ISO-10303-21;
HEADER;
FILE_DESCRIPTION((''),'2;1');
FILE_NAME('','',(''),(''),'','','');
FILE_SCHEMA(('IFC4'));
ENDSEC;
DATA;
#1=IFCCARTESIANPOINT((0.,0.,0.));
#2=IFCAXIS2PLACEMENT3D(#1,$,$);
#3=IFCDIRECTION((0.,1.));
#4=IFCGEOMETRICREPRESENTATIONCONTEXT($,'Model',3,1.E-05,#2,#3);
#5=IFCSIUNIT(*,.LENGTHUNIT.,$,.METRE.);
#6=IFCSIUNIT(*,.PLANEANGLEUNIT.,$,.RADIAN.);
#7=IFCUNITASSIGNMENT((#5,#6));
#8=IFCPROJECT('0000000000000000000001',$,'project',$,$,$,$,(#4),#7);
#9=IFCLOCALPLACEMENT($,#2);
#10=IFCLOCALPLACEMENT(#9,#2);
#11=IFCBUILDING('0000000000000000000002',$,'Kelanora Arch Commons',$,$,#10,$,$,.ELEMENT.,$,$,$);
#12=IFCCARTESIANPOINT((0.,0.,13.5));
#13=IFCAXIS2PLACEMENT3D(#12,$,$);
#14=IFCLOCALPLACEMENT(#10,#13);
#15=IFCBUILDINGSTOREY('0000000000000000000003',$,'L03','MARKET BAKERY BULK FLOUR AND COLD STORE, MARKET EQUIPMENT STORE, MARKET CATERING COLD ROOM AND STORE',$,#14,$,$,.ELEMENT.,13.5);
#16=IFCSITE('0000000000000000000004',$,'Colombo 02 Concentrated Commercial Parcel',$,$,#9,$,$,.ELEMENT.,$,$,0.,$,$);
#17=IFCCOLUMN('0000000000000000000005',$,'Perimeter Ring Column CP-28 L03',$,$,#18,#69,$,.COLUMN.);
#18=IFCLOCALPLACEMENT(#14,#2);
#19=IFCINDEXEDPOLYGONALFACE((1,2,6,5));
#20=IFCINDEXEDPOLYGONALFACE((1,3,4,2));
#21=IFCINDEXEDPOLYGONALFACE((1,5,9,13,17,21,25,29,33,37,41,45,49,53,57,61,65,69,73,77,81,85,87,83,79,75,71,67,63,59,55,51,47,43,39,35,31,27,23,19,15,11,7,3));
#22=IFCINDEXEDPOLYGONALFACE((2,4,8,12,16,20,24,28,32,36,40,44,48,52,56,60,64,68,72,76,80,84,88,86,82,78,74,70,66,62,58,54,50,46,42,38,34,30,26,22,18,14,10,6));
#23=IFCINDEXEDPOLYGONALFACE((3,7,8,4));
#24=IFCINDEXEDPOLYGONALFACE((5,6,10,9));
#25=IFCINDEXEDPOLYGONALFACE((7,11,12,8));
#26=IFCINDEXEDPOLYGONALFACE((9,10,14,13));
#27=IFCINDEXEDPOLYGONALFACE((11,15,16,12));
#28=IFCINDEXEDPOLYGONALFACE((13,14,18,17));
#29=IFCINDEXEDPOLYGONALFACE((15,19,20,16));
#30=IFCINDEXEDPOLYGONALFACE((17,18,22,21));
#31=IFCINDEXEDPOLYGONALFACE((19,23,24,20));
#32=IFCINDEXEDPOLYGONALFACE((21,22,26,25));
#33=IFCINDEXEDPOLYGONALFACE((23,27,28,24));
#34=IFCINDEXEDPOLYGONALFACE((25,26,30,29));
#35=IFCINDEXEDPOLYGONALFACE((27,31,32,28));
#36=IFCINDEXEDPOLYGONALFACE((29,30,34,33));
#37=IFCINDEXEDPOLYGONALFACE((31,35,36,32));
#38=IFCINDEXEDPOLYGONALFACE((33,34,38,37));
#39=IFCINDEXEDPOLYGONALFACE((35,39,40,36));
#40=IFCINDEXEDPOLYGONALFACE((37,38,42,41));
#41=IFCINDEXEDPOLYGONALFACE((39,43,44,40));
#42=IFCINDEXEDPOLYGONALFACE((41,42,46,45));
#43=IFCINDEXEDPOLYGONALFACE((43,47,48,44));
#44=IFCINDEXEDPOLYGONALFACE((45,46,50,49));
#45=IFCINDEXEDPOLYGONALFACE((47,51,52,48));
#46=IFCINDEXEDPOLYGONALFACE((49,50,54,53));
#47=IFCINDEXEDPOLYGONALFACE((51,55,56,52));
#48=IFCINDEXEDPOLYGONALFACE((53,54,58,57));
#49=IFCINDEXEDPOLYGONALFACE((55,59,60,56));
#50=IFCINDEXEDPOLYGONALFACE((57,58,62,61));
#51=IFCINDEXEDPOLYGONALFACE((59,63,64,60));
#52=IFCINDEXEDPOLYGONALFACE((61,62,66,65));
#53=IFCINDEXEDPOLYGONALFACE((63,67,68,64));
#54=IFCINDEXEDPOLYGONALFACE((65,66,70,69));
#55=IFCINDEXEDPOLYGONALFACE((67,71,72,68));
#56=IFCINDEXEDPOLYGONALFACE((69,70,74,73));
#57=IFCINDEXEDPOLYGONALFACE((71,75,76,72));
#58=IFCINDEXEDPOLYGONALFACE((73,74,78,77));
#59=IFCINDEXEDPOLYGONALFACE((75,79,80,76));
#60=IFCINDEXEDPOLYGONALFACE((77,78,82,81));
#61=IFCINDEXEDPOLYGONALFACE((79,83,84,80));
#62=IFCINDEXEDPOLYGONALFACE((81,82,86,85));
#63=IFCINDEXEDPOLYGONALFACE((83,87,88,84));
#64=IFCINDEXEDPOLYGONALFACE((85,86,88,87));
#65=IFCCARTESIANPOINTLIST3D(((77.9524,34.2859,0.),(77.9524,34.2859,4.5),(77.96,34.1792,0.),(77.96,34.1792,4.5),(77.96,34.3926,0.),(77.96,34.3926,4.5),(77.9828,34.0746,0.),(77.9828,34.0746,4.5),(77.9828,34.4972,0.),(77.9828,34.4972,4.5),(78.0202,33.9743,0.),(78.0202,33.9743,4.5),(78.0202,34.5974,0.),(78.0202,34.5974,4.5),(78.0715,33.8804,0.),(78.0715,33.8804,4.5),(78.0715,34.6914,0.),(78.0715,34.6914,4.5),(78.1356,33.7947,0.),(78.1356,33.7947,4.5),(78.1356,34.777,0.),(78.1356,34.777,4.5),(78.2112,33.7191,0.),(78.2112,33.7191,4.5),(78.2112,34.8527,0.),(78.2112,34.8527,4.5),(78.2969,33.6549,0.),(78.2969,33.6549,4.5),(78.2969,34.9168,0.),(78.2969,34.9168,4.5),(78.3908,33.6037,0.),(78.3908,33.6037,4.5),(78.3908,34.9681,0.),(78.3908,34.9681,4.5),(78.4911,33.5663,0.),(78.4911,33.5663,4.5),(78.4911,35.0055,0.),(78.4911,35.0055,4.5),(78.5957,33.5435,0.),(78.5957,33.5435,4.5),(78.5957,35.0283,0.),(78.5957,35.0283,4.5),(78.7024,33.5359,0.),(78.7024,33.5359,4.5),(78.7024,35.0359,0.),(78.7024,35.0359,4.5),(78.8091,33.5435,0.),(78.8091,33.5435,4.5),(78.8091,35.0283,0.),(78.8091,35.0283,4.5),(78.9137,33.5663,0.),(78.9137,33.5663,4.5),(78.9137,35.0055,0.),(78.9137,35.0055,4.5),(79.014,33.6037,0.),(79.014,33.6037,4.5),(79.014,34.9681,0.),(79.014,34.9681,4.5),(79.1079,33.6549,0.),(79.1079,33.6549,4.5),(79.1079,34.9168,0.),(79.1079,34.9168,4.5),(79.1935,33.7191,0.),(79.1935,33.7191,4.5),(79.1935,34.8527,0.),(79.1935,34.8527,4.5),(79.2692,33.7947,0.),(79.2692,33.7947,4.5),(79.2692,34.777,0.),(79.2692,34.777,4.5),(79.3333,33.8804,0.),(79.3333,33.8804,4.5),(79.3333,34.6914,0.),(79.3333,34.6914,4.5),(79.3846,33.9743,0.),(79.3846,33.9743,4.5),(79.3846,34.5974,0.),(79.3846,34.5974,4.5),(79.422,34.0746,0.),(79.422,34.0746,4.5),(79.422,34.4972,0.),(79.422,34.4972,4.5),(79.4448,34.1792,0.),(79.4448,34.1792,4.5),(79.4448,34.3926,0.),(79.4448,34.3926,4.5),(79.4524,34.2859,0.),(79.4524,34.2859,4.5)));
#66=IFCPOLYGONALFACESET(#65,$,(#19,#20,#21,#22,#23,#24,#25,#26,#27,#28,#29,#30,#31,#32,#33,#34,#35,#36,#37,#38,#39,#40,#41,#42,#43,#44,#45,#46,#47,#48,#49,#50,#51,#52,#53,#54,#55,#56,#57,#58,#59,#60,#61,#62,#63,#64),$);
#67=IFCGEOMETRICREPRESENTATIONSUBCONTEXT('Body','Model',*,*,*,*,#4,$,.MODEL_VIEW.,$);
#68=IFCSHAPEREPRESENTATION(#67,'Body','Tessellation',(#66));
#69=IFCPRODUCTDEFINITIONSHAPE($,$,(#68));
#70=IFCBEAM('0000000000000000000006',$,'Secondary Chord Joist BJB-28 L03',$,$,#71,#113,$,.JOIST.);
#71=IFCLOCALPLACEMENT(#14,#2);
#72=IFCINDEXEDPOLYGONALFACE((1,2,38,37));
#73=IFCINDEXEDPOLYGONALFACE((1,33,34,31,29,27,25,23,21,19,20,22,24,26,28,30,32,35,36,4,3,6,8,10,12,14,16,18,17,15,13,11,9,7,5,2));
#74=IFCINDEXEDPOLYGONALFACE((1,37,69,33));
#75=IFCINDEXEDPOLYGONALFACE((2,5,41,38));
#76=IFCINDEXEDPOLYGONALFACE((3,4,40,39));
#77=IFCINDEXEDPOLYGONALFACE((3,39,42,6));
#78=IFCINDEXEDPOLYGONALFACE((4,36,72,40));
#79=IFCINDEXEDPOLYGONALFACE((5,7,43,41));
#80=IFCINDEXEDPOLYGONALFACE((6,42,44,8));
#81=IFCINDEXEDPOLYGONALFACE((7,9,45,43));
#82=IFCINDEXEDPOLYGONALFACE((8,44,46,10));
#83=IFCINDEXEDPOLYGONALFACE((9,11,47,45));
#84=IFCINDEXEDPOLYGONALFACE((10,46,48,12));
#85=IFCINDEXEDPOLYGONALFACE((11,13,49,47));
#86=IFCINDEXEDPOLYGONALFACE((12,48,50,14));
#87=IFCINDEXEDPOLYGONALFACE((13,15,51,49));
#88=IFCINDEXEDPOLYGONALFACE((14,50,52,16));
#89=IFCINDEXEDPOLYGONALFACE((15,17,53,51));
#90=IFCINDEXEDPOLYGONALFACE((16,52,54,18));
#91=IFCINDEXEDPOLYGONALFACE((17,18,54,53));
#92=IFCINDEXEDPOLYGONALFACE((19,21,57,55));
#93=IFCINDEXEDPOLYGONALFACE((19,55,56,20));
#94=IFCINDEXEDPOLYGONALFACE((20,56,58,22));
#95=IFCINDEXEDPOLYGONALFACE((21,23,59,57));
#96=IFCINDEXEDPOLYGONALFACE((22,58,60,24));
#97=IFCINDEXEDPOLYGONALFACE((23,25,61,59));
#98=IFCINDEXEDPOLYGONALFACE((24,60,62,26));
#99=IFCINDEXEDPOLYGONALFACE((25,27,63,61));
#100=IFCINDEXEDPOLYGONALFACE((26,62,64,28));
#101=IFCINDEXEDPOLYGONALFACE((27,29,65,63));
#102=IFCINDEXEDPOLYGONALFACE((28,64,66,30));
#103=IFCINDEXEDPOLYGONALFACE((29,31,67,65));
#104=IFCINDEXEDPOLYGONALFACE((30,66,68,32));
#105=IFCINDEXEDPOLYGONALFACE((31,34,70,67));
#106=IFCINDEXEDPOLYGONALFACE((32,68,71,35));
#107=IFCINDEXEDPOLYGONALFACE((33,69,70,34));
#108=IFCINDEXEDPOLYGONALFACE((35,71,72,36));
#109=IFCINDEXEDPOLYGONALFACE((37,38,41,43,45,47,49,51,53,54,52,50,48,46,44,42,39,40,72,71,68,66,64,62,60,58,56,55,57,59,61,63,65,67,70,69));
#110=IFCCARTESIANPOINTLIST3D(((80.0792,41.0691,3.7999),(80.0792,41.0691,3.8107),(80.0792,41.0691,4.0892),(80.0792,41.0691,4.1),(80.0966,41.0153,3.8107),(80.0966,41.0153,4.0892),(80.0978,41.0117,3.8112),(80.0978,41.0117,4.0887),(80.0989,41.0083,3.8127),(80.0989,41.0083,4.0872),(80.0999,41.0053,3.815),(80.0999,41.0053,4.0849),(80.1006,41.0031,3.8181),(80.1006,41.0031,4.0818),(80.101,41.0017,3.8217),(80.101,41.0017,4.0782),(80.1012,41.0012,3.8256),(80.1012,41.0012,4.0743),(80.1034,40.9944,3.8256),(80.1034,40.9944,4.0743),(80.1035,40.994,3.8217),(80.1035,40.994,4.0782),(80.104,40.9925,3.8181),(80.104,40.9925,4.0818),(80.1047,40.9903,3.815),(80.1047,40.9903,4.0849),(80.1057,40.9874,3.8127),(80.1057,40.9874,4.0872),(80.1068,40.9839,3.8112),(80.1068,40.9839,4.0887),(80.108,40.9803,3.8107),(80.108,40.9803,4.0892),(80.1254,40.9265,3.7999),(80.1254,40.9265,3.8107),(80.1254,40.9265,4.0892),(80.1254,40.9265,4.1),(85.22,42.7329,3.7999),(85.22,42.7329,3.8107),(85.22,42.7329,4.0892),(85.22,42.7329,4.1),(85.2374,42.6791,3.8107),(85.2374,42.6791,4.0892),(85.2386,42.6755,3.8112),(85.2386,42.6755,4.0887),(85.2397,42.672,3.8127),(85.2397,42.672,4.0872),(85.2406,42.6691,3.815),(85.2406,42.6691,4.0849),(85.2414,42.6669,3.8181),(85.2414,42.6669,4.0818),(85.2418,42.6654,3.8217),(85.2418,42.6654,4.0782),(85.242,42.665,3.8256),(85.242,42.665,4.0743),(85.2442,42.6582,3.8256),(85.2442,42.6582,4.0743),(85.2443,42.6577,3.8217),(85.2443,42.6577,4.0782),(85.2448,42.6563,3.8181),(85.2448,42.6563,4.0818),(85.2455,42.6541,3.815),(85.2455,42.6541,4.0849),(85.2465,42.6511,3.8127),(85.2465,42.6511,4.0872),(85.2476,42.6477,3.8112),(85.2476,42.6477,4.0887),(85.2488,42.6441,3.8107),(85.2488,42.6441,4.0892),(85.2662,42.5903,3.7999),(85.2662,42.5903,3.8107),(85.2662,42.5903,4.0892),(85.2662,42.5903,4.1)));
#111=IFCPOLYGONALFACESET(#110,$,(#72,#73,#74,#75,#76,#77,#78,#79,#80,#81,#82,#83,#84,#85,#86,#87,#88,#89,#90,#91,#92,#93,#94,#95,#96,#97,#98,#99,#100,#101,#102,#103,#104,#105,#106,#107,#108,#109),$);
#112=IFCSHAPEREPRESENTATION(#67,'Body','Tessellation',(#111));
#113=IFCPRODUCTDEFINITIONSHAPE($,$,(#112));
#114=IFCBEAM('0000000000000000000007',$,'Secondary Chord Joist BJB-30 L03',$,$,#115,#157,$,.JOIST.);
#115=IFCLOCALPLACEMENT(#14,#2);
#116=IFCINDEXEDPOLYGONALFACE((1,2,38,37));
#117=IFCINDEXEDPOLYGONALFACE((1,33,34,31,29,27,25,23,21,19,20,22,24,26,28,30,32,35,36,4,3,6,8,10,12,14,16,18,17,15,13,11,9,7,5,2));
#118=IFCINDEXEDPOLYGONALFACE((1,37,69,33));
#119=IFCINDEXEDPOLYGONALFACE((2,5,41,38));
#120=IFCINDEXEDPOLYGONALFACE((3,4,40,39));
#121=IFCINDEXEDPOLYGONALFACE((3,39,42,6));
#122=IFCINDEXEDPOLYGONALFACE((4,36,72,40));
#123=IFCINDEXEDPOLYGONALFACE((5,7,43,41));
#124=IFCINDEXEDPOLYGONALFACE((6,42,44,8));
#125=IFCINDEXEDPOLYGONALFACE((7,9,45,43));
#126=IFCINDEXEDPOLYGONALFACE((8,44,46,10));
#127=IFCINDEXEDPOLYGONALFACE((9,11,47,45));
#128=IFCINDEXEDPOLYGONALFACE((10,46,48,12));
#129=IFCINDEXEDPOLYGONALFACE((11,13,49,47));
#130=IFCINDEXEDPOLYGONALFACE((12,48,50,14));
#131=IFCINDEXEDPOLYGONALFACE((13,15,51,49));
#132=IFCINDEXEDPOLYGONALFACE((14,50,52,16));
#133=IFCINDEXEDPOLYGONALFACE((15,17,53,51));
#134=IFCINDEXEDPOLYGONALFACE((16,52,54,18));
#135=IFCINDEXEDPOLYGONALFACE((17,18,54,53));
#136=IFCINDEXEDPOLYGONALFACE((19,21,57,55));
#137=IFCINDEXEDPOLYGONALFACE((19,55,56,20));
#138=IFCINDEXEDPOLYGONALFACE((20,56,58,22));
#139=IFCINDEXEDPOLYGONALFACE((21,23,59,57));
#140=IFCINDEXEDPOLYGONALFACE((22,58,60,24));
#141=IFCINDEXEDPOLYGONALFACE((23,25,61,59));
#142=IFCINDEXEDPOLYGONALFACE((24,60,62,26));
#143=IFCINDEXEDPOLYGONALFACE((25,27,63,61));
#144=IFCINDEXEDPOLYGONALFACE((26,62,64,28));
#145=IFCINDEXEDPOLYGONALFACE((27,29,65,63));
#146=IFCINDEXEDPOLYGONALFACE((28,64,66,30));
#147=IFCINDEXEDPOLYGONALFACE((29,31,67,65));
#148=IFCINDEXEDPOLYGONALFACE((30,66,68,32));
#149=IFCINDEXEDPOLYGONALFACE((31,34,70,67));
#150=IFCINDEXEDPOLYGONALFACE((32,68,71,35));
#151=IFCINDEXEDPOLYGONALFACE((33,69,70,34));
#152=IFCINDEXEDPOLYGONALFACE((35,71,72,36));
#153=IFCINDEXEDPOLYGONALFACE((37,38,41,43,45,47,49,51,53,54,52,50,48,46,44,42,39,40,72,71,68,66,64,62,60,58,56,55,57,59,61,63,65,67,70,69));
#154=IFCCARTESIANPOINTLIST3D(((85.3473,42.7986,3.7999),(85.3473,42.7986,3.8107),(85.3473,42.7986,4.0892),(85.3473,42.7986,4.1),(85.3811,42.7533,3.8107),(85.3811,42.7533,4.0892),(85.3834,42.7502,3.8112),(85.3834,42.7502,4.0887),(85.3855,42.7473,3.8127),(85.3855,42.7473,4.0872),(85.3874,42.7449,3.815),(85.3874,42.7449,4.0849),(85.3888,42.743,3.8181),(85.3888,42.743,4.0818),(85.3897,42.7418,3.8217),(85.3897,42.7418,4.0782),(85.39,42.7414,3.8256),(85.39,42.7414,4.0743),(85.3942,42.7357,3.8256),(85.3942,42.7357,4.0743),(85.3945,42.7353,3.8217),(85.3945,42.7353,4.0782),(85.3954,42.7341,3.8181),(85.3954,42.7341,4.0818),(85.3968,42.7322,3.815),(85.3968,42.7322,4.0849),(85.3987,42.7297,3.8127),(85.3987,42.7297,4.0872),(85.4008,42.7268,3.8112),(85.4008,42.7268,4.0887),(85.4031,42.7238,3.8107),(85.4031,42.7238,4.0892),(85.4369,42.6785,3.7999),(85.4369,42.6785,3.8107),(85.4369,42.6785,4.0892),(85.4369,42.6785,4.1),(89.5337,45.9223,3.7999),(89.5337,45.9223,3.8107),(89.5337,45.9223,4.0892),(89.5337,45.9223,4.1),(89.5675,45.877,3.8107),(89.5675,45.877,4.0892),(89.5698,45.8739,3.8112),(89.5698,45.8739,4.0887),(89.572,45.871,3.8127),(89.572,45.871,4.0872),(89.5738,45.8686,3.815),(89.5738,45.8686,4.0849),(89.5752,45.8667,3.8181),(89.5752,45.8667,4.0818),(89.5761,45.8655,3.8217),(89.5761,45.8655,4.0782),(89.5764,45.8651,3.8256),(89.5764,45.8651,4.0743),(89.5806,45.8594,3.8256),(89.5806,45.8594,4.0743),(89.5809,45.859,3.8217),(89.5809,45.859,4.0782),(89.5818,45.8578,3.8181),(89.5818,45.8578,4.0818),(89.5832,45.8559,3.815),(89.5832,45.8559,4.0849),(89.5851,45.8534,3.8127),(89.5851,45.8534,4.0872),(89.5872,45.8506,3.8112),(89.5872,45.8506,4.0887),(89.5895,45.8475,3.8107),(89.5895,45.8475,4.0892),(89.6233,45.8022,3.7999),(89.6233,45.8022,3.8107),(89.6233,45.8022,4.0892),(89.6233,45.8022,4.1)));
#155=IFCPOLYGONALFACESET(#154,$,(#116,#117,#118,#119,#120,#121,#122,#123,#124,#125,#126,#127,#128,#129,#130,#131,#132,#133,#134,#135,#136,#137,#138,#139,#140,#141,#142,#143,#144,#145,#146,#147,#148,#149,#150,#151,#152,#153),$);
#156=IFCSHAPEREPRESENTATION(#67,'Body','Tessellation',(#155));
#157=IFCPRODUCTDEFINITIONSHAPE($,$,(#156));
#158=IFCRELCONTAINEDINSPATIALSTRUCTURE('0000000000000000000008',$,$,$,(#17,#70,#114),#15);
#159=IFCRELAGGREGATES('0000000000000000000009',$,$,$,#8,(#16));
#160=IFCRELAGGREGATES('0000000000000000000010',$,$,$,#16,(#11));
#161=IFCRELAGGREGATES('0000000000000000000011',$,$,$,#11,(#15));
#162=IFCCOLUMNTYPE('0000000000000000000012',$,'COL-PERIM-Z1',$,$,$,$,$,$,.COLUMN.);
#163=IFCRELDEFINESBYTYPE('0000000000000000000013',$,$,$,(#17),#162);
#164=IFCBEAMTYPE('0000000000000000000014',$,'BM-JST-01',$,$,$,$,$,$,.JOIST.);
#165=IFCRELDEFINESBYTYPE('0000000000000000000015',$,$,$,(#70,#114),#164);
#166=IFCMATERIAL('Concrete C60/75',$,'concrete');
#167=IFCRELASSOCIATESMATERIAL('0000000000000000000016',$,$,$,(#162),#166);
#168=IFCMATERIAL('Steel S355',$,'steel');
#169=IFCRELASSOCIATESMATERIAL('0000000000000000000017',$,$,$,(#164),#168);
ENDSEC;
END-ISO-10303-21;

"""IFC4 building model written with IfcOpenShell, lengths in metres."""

from ifc_helpers import new_model, si_unit, direction, frame, origin, origin_2d, place, context, subcontext, project, spatial, circle, i_section, extrude, material, material_profile, profile_set, type_object, element, save


model = new_model("IFC4")

# Units and contexts
model_context = context("Model", 3, precision=1e-05, world=origin(), true_north=direction((0.0, 1.0)))
body_context = subcontext(model_context, "Body", "Model", "MODEL_VIEW")
ifc_project = project(units=[si_unit("LENGTHUNIT", "METRE"), si_unit("PLANEANGLEUNIT", "RADIAN")], contexts=[model_context])

# Site, building, storey
site_placement = place(None, origin())
site = spatial("IfcSite", under=ifc_project, at=site_placement, Name="Colombo 02 Concentrated Commercial Parcel", CompositionType="ELEMENT", RefElevation=0.0)
building_placement = place(site_placement, origin())
building = spatial("IfcBuilding", under=site, at=building_placement, Name="Kelanora Arch Commons", CompositionType="ELEMENT")
storey_placement = place(building_placement, frame((0.0, 0.0, 13.5)))
storey = spatial("IfcBuildingStorey", under=building, at=storey_placement, Name="L03", Description="MARKET BAKERY BULK FLOUR AND COLD STORE, MARKET EQUIPMENT STORE, MARKET CATERING COLD ROOM AND STORE", CompositionType="ELEMENT", Elevation=13.5)

# Column
ifc_material_1 = material(Name="Concrete C60/75", Category="concrete")
ifc_material_profile_1 = material_profile(ifc_material_1, circle(Radius=0.75, at=origin_2d()), Name="RCC1500")
ifc_profile_set_1 = profile_set([ifc_material_profile_1], Name="Concrete C60/75")
column_type = type_object("IfcColumnType", Name="COL-PERIM-Z1", PredefinedType="COLUMN", material=ifc_profile_set_1)
column_placement = place(storey_placement, frame((78.7024, 34.2859, 0.0), z_axis=(0.0, 0.0, 1.0), x_axis=(1.0, 0.0, 0.0)))
element("IfcColumn", 1, at=column_placement, inside=storey, type_object=column_type, Name="Perimeter Ring Column CP-28 L03", PredefinedType="COLUMN", context=body_context, shape_type="SweptSolid", body=[
    extrude(circle(Radius=0.75, at=origin_2d()), origin(), (0.0, 0.0, 1.0), 4.5),
])

# Beams
ifc_material_2 = material(Name="Steel S355", Category="steel")
ifc_material_profile_2 = material_profile(ifc_material_2, i_section(OverallWidth=0.1499, OverallDepth=0.3, WebThickness=0.0071, FlangeThickness=0.0107, FilletRadius=0.0149, at=origin_2d()), Name="IPE300")
ifc_profile_set_2 = profile_set([ifc_material_profile_2], Name="Steel S355")
beam_type_1 = type_object("IfcBeamType", Name="BM-JST-01", PredefinedType="JOIST", material=ifc_profile_set_2)
beam_1_placement = place(storey_placement, frame((80.1023, 40.9978, 3.95), z_axis=(0.951412, 0.30792, 0.0), x_axis=(-0.30792, 0.951412, 0.0)))
element("IfcBeam", 2, at=beam_1_placement, inside=storey, type_object=beam_type_1, Name="Secondary Chord Joist BJB-28 L03", PredefinedType="JOIST", context=body_context, shape_type="SweptSolid", body=[
    extrude(i_section(OverallWidth=0.1499, OverallDepth=0.3, WebThickness=0.0071, FlangeThickness=0.0107, FilletRadius=0.0149, at=origin_2d()), origin(), (0.0, 0.0, 1.0), 5.4033),
])
beam_2_placement = place(storey_placement, frame((85.3921, 42.7385, 3.95), z_axis=(0.801478, 0.598024, 0.0), x_axis=(-0.598024, 0.801478, 0.0)))
element("IfcBeam", 3, at=beam_2_placement, inside=storey, type_object=beam_type_1, Name="Secondary Chord Joist BJB-30 L03", PredefinedType="JOIST", context=body_context, shape_type="SweptSolid", body=[
    extrude(i_section(OverallWidth=0.1499, OverallDepth=0.3, WebThickness=0.0071, FlangeThickness=0.0107, FilletRadius=0.0149, at=origin_2d()), origin(), (0.0, 0.0, 1.0), 5.2234),
])

save(model, "model.ifc")
